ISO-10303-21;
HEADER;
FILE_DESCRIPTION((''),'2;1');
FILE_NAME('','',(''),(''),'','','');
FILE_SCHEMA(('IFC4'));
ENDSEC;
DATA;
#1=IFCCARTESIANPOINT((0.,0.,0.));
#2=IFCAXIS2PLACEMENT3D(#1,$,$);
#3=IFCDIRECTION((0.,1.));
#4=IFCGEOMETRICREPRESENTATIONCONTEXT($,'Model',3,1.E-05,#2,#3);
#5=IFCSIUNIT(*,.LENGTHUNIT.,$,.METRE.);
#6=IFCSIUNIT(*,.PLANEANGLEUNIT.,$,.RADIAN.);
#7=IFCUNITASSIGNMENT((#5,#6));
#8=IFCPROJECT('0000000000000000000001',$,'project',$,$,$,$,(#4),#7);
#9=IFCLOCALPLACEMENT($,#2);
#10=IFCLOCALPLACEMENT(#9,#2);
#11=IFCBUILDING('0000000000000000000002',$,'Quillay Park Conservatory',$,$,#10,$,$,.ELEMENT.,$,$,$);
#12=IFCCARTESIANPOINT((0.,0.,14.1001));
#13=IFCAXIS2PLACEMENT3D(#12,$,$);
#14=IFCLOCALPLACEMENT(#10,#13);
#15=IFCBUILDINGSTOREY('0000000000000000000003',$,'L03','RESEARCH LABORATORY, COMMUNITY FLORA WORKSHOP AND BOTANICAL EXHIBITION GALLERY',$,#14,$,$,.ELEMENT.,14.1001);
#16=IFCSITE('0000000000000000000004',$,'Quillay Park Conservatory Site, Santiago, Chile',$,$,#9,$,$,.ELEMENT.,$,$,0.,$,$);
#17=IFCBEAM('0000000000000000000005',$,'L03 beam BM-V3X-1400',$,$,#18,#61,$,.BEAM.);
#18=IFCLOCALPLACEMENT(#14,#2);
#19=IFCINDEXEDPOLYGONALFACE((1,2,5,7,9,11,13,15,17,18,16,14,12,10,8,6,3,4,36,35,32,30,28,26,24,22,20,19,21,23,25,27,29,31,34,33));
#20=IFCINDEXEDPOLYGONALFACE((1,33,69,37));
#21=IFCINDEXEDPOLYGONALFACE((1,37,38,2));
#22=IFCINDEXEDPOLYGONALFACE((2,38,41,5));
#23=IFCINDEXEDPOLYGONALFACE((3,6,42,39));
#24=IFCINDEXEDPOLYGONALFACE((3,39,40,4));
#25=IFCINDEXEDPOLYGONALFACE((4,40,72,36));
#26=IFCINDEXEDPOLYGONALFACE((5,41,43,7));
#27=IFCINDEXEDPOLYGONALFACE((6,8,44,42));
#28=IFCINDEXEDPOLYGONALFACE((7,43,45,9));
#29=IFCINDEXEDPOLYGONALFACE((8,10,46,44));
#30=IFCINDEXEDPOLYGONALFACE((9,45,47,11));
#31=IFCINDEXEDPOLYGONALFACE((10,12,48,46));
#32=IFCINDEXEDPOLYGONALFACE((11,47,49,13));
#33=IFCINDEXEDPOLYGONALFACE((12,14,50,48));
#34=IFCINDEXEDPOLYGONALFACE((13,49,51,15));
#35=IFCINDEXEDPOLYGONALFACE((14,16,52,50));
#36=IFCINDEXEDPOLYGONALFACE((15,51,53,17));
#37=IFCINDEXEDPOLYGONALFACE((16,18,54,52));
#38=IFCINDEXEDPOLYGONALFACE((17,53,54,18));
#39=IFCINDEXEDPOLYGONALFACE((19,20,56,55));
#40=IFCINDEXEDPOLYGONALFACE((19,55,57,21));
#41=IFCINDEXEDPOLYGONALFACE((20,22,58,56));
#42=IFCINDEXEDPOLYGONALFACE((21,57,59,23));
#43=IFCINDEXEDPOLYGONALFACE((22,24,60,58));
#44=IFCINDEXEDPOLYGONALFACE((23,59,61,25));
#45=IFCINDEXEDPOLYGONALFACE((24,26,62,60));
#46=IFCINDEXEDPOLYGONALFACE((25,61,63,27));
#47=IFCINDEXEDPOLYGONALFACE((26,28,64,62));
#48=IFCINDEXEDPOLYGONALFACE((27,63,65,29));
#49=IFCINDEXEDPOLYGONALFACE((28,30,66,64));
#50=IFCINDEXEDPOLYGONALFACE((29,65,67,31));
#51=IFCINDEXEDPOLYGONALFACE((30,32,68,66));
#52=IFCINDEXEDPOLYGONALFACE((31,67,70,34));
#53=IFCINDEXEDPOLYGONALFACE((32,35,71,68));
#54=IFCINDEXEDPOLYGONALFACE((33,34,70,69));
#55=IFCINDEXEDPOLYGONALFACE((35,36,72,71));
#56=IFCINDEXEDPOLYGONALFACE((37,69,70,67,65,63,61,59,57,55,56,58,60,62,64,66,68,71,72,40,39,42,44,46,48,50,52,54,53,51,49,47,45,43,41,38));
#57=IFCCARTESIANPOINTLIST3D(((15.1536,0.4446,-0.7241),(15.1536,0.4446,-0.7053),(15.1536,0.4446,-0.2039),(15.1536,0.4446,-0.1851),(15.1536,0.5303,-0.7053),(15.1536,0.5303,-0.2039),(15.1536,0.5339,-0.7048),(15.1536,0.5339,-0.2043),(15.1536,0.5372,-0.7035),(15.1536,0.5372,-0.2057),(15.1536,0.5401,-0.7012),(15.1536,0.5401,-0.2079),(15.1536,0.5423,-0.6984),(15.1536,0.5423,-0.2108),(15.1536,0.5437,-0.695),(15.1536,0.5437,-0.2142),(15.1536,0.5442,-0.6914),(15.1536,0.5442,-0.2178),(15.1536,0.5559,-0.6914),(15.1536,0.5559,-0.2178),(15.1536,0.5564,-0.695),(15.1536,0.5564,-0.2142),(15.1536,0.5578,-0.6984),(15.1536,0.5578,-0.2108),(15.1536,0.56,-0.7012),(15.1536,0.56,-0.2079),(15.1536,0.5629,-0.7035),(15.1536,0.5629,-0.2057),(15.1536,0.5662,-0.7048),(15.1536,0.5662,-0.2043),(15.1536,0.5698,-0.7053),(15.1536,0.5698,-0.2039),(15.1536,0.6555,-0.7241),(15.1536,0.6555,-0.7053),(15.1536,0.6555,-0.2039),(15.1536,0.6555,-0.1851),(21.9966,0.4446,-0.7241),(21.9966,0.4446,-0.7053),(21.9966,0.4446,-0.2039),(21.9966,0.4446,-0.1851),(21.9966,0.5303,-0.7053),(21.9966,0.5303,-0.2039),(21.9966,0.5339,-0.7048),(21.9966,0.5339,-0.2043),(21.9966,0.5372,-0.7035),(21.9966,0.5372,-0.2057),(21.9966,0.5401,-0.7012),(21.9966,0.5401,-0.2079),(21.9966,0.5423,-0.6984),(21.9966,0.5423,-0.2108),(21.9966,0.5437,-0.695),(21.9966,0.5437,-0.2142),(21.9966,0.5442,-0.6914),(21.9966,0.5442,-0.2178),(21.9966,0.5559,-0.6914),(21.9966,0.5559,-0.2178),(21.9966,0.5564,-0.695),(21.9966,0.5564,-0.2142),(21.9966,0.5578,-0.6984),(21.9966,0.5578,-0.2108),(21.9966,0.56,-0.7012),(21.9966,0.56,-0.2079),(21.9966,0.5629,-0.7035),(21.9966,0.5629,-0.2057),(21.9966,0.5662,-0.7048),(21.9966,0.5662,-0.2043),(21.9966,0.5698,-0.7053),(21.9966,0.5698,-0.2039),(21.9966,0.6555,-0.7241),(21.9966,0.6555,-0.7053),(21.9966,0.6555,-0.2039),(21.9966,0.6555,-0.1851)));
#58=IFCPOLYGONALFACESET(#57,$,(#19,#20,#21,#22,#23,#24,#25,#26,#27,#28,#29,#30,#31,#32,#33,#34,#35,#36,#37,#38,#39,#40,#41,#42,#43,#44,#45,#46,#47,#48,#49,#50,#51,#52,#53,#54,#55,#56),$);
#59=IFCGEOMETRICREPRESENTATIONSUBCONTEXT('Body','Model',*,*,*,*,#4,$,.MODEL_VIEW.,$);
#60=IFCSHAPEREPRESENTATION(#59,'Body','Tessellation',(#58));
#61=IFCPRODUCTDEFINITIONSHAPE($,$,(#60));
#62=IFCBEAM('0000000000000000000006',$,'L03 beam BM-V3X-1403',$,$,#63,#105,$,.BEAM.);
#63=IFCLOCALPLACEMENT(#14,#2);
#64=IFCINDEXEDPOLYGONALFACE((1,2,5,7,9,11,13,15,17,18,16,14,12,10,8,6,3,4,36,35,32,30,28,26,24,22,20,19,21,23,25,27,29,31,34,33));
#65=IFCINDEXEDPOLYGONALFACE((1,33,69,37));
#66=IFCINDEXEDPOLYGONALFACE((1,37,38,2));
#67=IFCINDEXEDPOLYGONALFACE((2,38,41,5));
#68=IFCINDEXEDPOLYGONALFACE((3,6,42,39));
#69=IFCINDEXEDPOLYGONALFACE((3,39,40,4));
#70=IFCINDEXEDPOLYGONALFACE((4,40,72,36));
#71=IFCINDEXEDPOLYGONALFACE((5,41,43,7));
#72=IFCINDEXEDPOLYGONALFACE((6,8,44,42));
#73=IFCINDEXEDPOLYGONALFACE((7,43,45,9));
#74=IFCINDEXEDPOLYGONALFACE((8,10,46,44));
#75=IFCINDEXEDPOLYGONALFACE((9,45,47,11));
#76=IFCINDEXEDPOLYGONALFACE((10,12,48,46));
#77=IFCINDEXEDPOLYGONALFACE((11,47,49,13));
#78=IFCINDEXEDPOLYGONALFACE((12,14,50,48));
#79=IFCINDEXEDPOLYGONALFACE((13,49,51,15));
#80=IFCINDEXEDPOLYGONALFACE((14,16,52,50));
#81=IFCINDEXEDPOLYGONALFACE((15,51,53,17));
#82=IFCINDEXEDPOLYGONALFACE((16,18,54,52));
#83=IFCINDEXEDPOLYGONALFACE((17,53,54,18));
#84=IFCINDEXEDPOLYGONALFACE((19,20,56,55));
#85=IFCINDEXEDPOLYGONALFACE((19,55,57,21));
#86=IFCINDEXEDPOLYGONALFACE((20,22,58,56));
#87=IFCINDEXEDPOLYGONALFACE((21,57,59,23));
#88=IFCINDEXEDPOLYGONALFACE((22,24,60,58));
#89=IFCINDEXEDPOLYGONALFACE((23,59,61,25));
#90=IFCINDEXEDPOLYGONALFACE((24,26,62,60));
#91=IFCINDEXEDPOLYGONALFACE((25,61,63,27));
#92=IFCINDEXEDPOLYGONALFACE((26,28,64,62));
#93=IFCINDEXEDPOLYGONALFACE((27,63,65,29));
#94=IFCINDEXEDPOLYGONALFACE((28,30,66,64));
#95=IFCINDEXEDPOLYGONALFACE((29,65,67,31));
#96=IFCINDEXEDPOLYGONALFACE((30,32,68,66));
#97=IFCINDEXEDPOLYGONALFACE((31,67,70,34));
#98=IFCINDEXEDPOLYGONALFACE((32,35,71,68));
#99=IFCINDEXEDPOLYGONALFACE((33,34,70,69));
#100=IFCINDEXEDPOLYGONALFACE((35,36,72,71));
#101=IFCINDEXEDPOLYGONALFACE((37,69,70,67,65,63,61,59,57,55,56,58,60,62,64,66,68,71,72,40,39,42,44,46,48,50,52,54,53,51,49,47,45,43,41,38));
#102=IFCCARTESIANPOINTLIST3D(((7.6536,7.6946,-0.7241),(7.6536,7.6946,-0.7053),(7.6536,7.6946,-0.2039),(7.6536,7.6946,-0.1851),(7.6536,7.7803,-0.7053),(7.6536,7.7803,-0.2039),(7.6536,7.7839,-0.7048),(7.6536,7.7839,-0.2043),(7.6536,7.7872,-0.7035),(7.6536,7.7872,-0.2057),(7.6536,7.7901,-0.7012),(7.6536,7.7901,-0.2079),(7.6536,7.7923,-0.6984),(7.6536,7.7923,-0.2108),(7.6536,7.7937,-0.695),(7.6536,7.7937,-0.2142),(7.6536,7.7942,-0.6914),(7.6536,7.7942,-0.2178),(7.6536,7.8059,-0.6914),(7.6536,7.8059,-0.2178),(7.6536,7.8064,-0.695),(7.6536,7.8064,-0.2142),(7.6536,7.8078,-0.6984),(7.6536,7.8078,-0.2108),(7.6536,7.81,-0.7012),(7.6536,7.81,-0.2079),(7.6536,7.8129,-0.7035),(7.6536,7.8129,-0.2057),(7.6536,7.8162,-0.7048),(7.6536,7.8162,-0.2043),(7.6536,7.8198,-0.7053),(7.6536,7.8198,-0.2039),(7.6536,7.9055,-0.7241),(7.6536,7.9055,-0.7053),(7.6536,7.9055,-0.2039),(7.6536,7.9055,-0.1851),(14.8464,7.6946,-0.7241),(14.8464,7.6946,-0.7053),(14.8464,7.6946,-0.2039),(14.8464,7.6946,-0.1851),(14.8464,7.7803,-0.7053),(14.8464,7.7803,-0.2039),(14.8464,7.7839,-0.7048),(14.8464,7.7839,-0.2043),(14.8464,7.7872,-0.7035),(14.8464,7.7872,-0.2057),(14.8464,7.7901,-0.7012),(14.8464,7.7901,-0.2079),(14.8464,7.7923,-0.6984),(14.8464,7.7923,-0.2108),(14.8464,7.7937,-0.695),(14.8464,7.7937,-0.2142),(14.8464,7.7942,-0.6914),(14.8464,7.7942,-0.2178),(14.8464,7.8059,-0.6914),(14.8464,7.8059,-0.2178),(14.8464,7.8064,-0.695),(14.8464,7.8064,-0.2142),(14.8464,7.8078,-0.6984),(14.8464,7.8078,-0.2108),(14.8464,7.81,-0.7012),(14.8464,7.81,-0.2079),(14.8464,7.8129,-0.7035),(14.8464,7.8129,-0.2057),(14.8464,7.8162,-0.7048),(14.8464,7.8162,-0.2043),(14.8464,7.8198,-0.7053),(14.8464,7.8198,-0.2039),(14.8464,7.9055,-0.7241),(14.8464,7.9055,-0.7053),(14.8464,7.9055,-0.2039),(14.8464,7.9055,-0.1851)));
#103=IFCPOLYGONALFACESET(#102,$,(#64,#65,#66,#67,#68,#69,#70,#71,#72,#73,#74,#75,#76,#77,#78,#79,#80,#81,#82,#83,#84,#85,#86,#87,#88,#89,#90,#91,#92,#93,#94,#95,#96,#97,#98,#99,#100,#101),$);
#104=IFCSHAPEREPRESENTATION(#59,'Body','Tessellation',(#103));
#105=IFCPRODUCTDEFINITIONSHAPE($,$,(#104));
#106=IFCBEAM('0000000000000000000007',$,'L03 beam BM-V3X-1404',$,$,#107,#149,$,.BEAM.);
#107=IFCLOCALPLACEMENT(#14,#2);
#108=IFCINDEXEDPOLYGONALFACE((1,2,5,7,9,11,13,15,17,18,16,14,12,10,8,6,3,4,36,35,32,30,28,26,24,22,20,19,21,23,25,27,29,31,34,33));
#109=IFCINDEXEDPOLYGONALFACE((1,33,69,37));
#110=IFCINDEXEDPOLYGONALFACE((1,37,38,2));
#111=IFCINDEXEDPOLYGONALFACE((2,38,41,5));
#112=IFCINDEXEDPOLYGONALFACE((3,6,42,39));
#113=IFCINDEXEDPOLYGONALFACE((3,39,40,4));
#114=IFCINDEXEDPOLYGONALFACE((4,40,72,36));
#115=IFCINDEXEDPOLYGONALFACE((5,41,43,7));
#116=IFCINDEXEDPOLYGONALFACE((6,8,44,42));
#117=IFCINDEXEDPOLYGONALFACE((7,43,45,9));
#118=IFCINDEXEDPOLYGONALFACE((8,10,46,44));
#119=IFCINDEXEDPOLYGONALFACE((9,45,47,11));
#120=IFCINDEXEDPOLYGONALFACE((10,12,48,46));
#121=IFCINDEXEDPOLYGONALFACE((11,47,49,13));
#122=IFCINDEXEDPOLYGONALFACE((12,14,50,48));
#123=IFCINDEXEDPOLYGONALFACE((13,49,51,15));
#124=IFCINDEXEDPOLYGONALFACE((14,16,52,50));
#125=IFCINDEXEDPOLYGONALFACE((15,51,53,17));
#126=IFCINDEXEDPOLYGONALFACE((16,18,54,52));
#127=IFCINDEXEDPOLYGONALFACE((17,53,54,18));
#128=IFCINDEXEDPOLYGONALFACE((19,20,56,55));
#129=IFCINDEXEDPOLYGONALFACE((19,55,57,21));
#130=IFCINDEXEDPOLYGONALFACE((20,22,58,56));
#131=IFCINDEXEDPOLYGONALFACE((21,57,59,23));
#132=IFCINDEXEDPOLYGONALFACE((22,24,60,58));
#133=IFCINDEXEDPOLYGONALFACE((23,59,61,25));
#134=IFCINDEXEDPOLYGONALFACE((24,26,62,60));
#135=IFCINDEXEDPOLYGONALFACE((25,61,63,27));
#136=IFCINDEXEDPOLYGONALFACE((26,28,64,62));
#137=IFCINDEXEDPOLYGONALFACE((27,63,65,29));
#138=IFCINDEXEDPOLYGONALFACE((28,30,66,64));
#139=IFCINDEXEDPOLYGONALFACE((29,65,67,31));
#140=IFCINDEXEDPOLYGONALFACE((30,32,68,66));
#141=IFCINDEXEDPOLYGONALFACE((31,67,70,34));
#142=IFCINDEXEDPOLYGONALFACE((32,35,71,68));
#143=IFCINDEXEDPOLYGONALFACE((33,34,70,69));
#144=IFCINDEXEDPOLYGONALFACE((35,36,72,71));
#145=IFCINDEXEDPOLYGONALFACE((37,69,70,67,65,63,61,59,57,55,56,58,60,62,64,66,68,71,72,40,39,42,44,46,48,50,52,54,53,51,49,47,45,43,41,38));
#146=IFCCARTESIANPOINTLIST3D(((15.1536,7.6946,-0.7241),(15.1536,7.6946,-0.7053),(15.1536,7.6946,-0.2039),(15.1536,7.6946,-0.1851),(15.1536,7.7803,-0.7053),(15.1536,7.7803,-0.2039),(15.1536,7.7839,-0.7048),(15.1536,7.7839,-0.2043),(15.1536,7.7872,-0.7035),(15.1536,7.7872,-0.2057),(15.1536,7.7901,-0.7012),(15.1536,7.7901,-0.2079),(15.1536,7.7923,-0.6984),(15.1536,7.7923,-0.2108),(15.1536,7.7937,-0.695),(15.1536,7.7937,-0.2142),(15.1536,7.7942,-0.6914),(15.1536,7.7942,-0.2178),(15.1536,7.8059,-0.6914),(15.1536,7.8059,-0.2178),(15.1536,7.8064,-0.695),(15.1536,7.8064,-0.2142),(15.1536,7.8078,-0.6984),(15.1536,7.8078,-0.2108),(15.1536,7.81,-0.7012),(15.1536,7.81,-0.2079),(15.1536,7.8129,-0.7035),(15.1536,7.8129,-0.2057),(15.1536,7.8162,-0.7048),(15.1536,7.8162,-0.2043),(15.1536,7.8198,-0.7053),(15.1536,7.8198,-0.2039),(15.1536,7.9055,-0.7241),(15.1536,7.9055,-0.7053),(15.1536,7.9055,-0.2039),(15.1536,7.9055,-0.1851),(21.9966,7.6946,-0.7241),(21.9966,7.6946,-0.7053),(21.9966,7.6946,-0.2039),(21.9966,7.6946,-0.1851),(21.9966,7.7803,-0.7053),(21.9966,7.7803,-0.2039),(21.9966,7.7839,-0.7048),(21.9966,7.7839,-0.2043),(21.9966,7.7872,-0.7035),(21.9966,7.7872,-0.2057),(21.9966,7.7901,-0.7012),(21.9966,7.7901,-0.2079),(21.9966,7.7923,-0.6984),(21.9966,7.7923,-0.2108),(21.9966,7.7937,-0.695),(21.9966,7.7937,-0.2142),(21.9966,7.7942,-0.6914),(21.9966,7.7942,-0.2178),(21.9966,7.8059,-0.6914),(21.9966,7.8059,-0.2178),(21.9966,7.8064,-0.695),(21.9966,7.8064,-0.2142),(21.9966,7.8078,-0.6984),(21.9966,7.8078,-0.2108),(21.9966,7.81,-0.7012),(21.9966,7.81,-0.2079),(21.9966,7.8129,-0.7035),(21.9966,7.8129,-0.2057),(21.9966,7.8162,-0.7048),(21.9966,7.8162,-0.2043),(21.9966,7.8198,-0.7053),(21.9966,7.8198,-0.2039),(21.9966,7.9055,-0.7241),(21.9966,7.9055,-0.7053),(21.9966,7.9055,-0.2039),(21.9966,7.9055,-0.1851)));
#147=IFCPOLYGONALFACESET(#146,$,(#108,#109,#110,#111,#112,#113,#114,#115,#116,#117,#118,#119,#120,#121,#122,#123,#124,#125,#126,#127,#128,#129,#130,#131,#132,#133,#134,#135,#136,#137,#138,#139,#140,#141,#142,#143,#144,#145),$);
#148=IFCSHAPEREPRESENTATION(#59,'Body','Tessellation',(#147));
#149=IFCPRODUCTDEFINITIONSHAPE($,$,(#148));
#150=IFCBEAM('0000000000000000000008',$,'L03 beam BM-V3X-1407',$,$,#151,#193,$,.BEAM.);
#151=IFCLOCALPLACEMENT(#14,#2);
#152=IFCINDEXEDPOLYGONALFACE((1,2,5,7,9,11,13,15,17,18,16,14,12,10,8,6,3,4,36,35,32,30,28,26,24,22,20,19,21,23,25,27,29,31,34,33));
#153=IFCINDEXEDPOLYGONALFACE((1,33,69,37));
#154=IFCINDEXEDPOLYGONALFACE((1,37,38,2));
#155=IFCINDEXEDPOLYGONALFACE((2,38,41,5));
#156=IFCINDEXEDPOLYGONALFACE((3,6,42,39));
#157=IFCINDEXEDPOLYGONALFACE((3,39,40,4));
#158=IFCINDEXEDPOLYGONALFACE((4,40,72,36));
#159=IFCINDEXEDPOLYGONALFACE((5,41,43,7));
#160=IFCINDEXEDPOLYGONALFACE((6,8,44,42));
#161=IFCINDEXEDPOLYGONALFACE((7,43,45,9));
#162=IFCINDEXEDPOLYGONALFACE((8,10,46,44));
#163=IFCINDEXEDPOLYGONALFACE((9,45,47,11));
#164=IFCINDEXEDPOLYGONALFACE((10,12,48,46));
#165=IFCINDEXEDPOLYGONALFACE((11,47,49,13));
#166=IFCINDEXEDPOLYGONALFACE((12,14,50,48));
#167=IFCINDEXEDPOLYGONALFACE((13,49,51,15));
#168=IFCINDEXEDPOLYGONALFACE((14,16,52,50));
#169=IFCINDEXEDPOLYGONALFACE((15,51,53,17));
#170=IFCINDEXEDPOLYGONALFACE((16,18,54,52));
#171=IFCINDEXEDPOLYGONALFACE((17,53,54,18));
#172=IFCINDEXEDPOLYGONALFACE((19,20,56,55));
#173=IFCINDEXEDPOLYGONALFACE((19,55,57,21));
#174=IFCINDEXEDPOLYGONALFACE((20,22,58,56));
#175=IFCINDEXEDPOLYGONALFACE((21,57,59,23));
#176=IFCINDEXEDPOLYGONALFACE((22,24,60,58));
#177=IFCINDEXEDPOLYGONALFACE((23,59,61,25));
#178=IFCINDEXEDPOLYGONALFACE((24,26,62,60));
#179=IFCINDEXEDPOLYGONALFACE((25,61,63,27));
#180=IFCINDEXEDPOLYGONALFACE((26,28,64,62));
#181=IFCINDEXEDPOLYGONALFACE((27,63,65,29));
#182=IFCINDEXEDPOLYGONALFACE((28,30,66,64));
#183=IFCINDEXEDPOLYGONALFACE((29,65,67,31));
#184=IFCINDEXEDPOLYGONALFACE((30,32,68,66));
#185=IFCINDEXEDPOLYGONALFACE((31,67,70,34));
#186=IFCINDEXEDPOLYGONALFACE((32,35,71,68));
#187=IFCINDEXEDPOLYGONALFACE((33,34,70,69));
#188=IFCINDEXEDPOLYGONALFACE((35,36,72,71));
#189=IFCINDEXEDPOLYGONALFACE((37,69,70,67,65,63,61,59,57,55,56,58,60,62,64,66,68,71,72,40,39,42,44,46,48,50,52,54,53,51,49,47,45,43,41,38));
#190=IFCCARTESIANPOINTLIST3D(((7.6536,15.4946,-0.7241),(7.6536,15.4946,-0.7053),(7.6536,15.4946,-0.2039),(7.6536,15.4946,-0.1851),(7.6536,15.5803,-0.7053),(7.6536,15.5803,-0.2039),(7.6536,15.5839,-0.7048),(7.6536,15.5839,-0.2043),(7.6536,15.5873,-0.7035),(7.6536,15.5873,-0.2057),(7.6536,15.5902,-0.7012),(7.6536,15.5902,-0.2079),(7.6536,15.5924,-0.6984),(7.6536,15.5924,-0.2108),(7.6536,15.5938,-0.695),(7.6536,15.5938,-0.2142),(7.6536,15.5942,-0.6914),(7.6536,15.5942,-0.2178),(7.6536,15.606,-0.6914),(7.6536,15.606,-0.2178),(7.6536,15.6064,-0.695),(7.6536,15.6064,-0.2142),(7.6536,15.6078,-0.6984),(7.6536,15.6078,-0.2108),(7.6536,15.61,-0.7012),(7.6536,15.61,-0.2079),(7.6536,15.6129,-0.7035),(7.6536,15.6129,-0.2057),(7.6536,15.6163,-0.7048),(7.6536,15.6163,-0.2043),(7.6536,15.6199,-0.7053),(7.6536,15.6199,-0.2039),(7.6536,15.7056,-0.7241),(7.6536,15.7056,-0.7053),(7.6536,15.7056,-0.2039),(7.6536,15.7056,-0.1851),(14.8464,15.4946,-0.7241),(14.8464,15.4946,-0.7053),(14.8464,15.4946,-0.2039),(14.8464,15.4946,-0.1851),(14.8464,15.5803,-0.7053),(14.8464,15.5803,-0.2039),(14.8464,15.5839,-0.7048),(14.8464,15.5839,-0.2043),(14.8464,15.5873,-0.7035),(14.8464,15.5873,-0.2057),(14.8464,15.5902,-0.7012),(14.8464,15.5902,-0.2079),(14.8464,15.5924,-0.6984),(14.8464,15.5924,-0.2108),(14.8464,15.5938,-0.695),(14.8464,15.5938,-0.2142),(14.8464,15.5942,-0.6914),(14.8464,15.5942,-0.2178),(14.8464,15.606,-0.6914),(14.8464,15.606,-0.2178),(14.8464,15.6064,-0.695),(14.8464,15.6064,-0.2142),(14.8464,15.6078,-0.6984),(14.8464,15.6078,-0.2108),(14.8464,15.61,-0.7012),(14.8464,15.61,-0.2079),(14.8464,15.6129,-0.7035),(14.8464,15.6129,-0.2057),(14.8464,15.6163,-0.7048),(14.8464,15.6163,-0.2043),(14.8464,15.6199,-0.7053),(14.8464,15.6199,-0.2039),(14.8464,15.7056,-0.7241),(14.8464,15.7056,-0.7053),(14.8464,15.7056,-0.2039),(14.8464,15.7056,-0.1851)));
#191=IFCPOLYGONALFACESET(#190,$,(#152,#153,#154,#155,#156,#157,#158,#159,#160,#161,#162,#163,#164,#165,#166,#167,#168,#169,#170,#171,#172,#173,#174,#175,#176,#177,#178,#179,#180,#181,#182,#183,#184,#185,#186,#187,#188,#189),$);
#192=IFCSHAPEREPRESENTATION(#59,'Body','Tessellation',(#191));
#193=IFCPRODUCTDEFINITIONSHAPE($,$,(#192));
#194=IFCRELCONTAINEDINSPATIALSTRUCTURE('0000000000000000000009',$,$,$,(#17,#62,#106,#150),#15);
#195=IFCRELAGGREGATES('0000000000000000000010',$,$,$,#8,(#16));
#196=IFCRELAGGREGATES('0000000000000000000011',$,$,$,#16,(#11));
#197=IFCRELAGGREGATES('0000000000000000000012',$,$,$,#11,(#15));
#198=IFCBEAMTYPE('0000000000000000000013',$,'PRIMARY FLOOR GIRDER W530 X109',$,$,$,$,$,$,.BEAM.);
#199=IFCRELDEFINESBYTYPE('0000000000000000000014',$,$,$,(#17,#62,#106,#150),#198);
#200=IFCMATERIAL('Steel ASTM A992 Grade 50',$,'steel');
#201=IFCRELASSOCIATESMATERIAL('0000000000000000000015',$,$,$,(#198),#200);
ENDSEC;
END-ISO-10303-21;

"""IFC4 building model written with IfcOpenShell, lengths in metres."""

from ifc_helpers import new_model, si_unit, direction, frame, origin, origin_2d, place, context, subcontext, project, spatial, i_section, extrude, material, material_profile, profile_set, type_object, element, save


model = new_model("IFC4")

# Units and contexts
model_context = context("Model", 3, precision=1e-05, world=origin(), true_north=direction((0.0, 1.0)))
body_context = subcontext(model_context, "Body", "Model", "MODEL_VIEW")
ifc_project = project(units=[si_unit("LENGTHUNIT", "METRE"), si_unit("PLANEANGLEUNIT", "RADIAN")], contexts=[model_context])

# Site, building, storey
site_placement = place(None, origin())
site = spatial("IfcSite", under=ifc_project, at=site_placement, Name="Quillay Park Conservatory Site, Santiago, Chile", CompositionType="ELEMENT", RefElevation=0.0)
building_placement = place(site_placement, origin())
building = spatial("IfcBuilding", under=site, at=building_placement, Name="Quillay Park Conservatory", CompositionType="ELEMENT")
storey_placement = place(building_placement, frame((0.0, 0.0, 14.1001)))
storey = spatial("IfcBuildingStorey", under=building, at=storey_placement, Name="L03", Description="RESEARCH LABORATORY, COMMUNITY FLORA WORKSHOP AND BOTANICAL EXHIBITION GALLERY", CompositionType="ELEMENT", Elevation=14.1001)

# Beams
ifc_material_1 = material(Name="Steel ASTM A992 Grade 50", Category="steel")
ifc_material_profile_1 = material_profile(ifc_material_1, i_section(OverallWidth=0.2109, OverallDepth=0.5391, WebThickness=0.0117, FlangeThickness=0.0188, FilletRadius=0.0139, at=origin_2d()), Name="W530x109")
ifc_profile_set_1 = profile_set([ifc_material_profile_1], Name="Steel ASTM A992 Grade 50")
beam_type_1 = type_object("IfcBeamType", Name="PRIMARY FLOOR GIRDER W530 X109", PredefinedType="BEAM", material=ifc_profile_set_1)
beam_1_placement = place(storey_placement, frame((15.1536, 0.55, -0.4546), z_axis=(1.0, 0.0, 0.0), x_axis=(0.0, 1.0, 0.0)))
element("IfcBeam", 1, at=beam_1_placement, inside=storey, type_object=beam_type_1, Name="L03 beam BM-V3X-1400", PredefinedType="BEAM", context=body_context, shape_type="SweptSolid", body=[
    extrude(i_section(OverallWidth=0.2109, OverallDepth=0.5391, WebThickness=0.0117, FlangeThickness=0.0188, FilletRadius=0.0139, at=origin_2d()), origin(), (0.0, 0.0, 1.0), 6.843),
])
beam_2_placement = place(storey_placement, frame((7.6536, 7.8, -0.4546), z_axis=(1.0, 0.0, 0.0), x_axis=(0.0, 1.0, 0.0)))
element("IfcBeam", 2, at=beam_2_placement, inside=storey, type_object=beam_type_1, Name="L03 beam BM-V3X-1403", PredefinedType="BEAM", context=body_context, shape_type="SweptSolid", body=[
    extrude(i_section(OverallWidth=0.2109, OverallDepth=0.5391, WebThickness=0.0117, FlangeThickness=0.0188, FilletRadius=0.0139, at=origin_2d()), origin(), (0.0, 0.0, 1.0), 7.1929),
])
beam_3_placement = place(storey_placement, frame((15.1536, 7.8, -0.4546), z_axis=(1.0, 0.0, 0.0), x_axis=(0.0, 1.0, 0.0)))
element("IfcBeam", 3, at=beam_3_placement, inside=storey, type_object=beam_type_1, Name="L03 beam BM-V3X-1404", PredefinedType="BEAM", context=body_context, shape_type="SweptSolid", body=[
    extrude(i_section(OverallWidth=0.2109, OverallDepth=0.5391, WebThickness=0.0117, FlangeThickness=0.0188, FilletRadius=0.0139, at=origin_2d()), origin(), (0.0, 0.0, 1.0), 6.843),
])
beam_4_placement = place(storey_placement, frame((7.6536, 15.6001, -0.4546), z_axis=(1.0, 0.0, 0.0), x_axis=(0.0, 1.0, 0.0)))
element("IfcBeam", 4, at=beam_4_placement, inside=storey, type_object=beam_type_1, Name="L03 beam BM-V3X-1407", PredefinedType="BEAM", context=body_context, shape_type="SweptSolid", body=[
    extrude(i_section(OverallWidth=0.2109, OverallDepth=0.5391, WebThickness=0.0117, FlangeThickness=0.0188, FilletRadius=0.0139, at=origin_2d()), origin(), (0.0, 0.0, 1.0), 7.1929),
])

save(model, "model.ifc")
